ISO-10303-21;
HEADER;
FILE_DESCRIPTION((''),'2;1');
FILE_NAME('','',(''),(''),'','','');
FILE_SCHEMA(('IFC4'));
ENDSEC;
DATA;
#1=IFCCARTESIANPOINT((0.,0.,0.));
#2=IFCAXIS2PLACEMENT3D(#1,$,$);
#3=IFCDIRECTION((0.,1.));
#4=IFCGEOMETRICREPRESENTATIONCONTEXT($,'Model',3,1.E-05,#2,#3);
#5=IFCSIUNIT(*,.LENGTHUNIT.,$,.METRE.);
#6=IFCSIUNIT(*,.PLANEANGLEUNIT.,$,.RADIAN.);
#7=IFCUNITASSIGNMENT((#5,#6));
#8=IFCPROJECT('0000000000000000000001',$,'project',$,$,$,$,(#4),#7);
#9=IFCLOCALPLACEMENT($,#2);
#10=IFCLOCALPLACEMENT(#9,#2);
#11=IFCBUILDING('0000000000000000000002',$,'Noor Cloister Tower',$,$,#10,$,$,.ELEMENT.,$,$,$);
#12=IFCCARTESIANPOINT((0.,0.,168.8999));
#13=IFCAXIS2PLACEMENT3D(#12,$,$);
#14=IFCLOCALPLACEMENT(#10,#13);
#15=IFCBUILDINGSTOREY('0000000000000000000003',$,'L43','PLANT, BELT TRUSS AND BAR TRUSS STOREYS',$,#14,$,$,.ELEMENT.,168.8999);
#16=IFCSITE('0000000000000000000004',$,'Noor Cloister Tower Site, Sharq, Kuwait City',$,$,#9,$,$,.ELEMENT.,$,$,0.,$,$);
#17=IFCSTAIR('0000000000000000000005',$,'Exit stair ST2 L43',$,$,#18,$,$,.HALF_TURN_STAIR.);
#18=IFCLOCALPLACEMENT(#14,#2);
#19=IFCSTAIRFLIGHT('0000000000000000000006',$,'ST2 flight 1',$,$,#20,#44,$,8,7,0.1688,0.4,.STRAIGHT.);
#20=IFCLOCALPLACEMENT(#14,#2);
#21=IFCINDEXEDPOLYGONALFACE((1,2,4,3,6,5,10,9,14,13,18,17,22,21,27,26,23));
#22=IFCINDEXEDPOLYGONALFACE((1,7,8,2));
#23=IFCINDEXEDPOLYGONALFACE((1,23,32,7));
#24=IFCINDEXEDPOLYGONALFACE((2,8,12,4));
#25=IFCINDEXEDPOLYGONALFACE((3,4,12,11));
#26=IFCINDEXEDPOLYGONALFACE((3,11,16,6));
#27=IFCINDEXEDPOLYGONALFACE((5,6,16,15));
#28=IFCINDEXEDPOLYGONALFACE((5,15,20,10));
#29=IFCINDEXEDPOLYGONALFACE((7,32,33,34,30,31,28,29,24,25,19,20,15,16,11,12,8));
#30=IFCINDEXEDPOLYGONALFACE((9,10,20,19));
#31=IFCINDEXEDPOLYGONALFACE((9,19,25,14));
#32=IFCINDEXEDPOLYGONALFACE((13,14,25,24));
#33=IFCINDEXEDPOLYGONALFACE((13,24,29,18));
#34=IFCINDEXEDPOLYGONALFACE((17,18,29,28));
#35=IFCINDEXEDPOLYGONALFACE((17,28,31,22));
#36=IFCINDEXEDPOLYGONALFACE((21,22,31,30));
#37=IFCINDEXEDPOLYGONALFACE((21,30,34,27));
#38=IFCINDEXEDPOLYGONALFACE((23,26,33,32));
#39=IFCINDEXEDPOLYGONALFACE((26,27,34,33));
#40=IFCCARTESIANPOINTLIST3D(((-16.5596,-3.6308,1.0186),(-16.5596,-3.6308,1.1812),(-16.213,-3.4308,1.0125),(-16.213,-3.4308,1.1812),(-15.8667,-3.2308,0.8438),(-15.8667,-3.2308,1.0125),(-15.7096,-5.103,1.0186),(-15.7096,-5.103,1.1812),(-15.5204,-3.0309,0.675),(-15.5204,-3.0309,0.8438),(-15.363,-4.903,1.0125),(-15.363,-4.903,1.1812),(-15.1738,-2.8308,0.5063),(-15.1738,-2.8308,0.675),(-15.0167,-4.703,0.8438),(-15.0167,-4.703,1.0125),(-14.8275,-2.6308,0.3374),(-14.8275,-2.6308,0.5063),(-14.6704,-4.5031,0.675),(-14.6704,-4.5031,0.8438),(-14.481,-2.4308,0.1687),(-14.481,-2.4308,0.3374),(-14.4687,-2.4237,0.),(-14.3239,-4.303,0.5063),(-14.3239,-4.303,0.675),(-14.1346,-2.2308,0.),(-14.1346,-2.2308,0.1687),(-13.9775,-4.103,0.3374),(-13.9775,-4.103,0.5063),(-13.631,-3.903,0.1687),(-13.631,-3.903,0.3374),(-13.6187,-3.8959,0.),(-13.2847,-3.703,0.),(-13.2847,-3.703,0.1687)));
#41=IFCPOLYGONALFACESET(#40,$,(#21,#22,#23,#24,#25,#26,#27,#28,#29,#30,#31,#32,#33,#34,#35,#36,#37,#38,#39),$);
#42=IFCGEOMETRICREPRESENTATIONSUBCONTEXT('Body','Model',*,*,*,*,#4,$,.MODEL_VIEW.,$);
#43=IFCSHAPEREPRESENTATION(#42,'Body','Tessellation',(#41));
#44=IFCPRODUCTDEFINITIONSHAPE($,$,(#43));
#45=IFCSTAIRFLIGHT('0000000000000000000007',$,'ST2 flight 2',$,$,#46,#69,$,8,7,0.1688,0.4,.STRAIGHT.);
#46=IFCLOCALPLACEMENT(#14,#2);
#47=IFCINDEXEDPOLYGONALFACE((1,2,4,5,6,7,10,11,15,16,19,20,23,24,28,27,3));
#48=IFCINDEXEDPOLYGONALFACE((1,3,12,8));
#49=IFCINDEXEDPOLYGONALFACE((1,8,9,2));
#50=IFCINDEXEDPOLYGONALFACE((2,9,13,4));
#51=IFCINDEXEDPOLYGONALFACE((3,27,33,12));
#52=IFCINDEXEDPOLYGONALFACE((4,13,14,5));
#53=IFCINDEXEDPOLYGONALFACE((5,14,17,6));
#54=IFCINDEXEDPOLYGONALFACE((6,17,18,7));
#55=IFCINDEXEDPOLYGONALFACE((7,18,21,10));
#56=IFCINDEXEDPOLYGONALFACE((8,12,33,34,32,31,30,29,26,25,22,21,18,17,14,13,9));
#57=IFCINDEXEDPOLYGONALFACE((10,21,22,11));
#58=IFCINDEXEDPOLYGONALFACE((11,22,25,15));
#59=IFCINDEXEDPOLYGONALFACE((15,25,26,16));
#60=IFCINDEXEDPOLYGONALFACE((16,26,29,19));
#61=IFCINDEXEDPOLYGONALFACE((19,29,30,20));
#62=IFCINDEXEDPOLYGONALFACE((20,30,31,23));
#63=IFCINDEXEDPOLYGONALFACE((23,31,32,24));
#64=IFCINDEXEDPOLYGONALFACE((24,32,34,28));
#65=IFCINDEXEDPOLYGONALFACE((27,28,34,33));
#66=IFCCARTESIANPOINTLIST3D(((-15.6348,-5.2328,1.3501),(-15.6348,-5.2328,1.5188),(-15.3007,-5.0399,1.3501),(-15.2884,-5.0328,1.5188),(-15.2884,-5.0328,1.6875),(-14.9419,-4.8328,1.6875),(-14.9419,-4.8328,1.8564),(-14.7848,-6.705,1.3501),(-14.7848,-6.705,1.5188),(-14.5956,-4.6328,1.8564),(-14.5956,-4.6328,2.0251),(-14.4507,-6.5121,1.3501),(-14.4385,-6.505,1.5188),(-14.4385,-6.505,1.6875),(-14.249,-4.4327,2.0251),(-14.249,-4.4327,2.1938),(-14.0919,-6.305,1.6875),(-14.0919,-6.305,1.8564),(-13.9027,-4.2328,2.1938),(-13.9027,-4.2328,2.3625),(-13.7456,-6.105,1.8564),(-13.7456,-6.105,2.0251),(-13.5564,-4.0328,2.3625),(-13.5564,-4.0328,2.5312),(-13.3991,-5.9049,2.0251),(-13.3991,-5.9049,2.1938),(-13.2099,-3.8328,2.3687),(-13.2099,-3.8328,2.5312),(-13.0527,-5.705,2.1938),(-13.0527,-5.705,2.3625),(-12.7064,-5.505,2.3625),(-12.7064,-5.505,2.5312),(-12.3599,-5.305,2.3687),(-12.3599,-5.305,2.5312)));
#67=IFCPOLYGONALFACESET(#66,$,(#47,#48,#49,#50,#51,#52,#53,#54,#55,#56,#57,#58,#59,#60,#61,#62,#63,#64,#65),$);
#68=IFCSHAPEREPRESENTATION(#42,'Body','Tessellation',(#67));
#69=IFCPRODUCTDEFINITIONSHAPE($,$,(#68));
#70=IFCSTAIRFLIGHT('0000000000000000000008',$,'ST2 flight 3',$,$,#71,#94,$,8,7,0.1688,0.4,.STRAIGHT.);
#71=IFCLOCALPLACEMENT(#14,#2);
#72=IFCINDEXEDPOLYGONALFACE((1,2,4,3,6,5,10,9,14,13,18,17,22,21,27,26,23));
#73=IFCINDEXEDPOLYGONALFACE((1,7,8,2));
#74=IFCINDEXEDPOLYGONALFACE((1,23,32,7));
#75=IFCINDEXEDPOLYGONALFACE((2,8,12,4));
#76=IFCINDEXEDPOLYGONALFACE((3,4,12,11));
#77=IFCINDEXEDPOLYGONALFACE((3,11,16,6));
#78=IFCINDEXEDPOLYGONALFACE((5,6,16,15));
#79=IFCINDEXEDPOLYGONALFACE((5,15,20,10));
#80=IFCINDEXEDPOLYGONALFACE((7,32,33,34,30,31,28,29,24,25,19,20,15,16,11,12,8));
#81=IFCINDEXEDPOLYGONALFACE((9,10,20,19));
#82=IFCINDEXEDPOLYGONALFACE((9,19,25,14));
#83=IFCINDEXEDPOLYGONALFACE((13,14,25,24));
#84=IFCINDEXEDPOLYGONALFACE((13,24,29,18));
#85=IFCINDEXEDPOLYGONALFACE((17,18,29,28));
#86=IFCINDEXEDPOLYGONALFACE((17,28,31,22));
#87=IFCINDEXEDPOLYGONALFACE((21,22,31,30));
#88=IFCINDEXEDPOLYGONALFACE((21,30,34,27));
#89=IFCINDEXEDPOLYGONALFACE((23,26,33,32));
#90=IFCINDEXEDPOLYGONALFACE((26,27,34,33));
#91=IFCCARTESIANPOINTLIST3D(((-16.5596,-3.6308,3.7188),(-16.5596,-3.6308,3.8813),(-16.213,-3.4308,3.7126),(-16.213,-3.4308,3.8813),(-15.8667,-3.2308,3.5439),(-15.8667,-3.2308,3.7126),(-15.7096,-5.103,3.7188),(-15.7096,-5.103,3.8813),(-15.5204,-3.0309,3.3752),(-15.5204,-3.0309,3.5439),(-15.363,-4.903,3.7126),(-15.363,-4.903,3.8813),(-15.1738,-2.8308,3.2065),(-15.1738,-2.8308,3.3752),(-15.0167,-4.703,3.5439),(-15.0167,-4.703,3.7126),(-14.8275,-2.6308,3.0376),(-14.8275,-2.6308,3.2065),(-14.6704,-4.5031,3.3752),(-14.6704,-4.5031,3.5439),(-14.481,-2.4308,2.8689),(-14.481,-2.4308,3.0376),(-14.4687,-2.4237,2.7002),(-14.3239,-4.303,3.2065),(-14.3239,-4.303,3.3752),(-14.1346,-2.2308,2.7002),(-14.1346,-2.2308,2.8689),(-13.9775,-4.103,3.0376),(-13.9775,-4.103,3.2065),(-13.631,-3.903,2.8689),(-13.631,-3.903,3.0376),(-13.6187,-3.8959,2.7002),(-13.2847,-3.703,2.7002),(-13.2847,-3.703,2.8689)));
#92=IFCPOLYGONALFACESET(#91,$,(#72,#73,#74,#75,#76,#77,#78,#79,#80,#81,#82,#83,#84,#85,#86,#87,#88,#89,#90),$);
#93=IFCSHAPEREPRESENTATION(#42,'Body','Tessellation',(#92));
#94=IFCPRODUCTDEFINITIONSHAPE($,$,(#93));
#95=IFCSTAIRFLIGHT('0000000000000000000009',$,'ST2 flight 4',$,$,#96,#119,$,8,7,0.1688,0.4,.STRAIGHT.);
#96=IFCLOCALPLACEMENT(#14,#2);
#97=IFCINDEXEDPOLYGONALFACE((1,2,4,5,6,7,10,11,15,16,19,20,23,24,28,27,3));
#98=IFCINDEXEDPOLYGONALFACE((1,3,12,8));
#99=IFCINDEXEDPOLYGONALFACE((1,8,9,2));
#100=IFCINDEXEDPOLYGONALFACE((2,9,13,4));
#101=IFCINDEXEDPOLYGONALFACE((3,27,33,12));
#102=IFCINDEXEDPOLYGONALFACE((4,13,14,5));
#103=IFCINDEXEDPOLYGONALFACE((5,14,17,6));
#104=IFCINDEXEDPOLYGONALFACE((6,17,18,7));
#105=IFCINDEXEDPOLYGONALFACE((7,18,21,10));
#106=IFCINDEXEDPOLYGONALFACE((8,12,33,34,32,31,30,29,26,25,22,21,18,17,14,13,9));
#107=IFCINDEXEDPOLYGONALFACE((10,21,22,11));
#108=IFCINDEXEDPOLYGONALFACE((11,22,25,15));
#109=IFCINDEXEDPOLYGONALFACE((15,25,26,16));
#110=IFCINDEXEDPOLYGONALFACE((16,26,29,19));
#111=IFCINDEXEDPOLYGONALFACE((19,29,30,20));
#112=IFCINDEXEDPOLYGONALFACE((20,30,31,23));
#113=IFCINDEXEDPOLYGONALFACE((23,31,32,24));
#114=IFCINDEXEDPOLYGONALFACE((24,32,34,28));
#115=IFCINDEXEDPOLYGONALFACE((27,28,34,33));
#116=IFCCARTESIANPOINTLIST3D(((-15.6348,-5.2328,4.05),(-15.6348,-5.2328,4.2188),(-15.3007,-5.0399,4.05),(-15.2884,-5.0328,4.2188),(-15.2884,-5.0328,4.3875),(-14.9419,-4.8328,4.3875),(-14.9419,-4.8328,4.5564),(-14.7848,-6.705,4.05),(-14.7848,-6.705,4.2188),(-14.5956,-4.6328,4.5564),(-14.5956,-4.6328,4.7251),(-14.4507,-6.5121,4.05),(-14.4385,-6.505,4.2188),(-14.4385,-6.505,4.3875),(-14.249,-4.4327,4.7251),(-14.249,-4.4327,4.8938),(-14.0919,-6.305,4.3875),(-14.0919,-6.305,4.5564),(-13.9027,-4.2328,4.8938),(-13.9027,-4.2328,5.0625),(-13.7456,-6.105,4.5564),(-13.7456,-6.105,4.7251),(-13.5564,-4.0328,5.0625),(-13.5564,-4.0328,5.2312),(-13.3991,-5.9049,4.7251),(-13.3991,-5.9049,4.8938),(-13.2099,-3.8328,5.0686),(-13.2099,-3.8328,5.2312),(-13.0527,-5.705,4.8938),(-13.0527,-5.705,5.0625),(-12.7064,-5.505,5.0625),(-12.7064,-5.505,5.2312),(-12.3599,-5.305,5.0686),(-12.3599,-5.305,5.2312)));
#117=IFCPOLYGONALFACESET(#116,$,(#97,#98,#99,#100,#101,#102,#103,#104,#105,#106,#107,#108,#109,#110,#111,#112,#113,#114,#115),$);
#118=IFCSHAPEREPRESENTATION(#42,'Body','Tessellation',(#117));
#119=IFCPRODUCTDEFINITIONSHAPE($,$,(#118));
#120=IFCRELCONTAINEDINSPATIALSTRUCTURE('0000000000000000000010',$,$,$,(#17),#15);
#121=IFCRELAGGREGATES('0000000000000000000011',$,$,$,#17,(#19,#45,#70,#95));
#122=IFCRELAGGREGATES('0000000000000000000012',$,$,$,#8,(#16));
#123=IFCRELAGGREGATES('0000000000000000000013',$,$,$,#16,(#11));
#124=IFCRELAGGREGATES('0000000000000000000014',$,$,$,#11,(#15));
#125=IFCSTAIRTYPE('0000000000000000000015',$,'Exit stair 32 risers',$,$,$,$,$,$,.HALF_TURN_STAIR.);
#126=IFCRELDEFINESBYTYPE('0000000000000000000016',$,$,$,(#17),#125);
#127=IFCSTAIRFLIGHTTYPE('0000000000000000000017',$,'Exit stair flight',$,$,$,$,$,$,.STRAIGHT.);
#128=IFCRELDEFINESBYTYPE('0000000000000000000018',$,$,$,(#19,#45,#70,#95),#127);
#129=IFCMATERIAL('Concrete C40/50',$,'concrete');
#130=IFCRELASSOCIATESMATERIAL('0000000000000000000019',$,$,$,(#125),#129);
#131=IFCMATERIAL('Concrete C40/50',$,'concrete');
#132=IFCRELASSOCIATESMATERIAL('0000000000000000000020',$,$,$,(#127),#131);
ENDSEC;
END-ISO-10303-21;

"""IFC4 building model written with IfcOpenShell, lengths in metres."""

from ifc_helpers import new_model, si_unit, direction, frame, origin, place, context, subcontext, project, spatial, polyline, outline, extrude, material, type_object, element, aggregate, save


model = new_model("IFC4")

# Units and contexts
model_context = context("Model", 3, precision=1e-05, world=origin(), true_north=direction((0.0, 1.0)))
body_context = subcontext(model_context, "Body", "Model", "MODEL_VIEW")
ifc_project = project(units=[si_unit("LENGTHUNIT", "METRE"), si_unit("PLANEANGLEUNIT", "RADIAN")], contexts=[model_context])

# Site, building, storey
site_placement = place(None, origin())
site = spatial("IfcSite", under=ifc_project, at=site_placement, Name="Noor Cloister Tower Site, Sharq, Kuwait City", CompositionType="ELEMENT", RefElevation=0.0)
building_placement = place(site_placement, origin())
building = spatial("IfcBuilding", under=site, at=building_placement, Name="Noor Cloister Tower", CompositionType="ELEMENT")
storey_placement = place(building_placement, frame((0.0, 0.0, 168.8999)))
storey = spatial("IfcBuildingStorey", under=building, at=storey_placement, Name="L43", Description="PLANT, BELT TRUSS AND BAR TRUSS STOREYS", CompositionType="ELEMENT", Elevation=168.8999)

# Stair, stair flights
ifc_material_1 = material(Name="Concrete C40/50", Category="concrete")
stair_type = type_object("IfcStairType", Name="Exit stair 32 risers", PredefinedType="HALF_TURN_STAIR", material=ifc_material_1)
stair_placement = place(storey_placement, origin())
stair = element("IfcStair", 1, at=stair_placement, inside=storey, type_object=stair_type, Name="Exit stair ST2 L43", PredefinedType="HALF_TURN_STAIR")
ifc_material_2 = material(Name="Concrete C40/50", Category="concrete")
stair_flight_type = type_object("IfcStairFlightType", Name="Exit stair flight", PredefinedType="STRAIGHT", material=ifc_material_2)
stair_flight_1_placement = place(storey_placement, frame((-13.7097, -2.9668, 0.0), z_axis=(0.0, 0.0, 1.0), x_axis=(-0.866025, -0.5, 0.0)))
stair_flight_1 = element("IfcStairFlight", 2, at=stair_flight_1_placement, type_object=stair_flight_type, Name="ST2 flight 1", NumberOfRisers=8, NumberOfTreads=7, PredefinedType="STRAIGHT", RiserHeight=0.1688, TreadLength=0.4, context=body_context, shape_type="SweptSolid", body=[
    extrude(outline(polyline([(0.0, 0.0), (0.0, 0.1687), (0.3999, 0.1687), (0.3999, 0.3374), (0.8, 0.3374), (0.8, 0.5063), (1.2, 0.5063), (1.2, 0.675), (1.6001, 0.675), (1.6001, 0.8438), (2.0, 0.8438), (2.0, 1.0125), (2.3999, 1.0125), (2.3999, 1.1812), (2.8, 1.1812), (2.8, 1.3501), (2.8, 1.0186), (0.3857, 0.0), (0.0, 0.0)])), frame((0.0, 0.8501, 0.0), z_axis=(0.0, -1.0, 0.0), x_axis=(1.0, 0.0, 0.0)), (0.0, 0.0, 1.0), 1.7),
])
stair_flight_2_placement = place(storey_placement, frame((-15.2097, -5.969, 1.3501), z_axis=(0.0, 0.0, 1.0), x_axis=(0.866025, 0.5, 0.0)))
stair_flight_2 = element("IfcStairFlight", 3, at=stair_flight_2_placement, type_object=stair_flight_type, Name="ST2 flight 2", NumberOfRisers=8, NumberOfTreads=7, PredefinedType="STRAIGHT", RiserHeight=0.1688, TreadLength=0.4, context=body_context, shape_type="SweptSolid", body=[
    extrude(outline(polyline([(0.0, 0.0), (0.0, 0.1687), (0.3999, 0.1687), (0.3999, 0.3374), (0.8, 0.3374), (0.8, 0.5063), (1.2, 0.5063), (1.2, 0.675), (1.6001, 0.675), (1.6001, 0.8438), (2.0, 0.8438), (2.0, 1.0125), (2.3999, 1.0125), (2.3999, 1.1812), (2.8, 1.1812), (2.8, 1.3501), (2.8, 1.0186), (0.3857, 0.0), (0.0, 0.0)])), frame((0.0, 0.8501, 0.0), z_axis=(0.0, -1.0, 0.0), x_axis=(1.0, 0.0, 0.0)), (0.0, 0.0, 1.0), 1.7),
])
stair_flight_3_placement = place(storey_placement, frame((-13.7097, -2.9668, 2.7002), z_axis=(0.0, 0.0, 1.0), x_axis=(-0.866025, -0.5, 0.0)))
stair_flight_3 = element("IfcStairFlight", 4, at=stair_flight_3_placement, type_object=stair_flight_type, Name="ST2 flight 3", NumberOfRisers=8, NumberOfTreads=7, PredefinedType="STRAIGHT", RiserHeight=0.1688, TreadLength=0.4, context=body_context, shape_type="SweptSolid", body=[
    extrude(outline(polyline([(0.0, 0.0), (0.0, 0.1687), (0.3999, 0.1687), (0.3999, 0.3374), (0.8, 0.3374), (0.8, 0.5063), (1.2, 0.5063), (1.2, 0.675), (1.6001, 0.675), (1.6001, 0.8438), (2.0, 0.8438), (2.0, 1.0125), (2.3999, 1.0125), (2.3999, 1.1812), (2.8, 1.1812), (2.8, 1.3501), (2.8, 1.0186), (0.3857, 0.0), (0.0, 0.0)])), frame((0.0, 0.8501, 0.0), z_axis=(0.0, -1.0, 0.0), x_axis=(1.0, 0.0, 0.0)), (0.0, 0.0, 1.0), 1.7),
])
stair_flight_4_placement = place(storey_placement, frame((-15.2097, -5.969, 4.05), z_axis=(0.0, 0.0, 1.0), x_axis=(0.866025, 0.5, 0.0)))
stair_flight_4 = element("IfcStairFlight", 5, at=stair_flight_4_placement, type_object=stair_flight_type, Name="ST2 flight 4", NumberOfRisers=8, NumberOfTreads=7, PredefinedType="STRAIGHT", RiserHeight=0.1688, TreadLength=0.4, context=body_context, shape_type="SweptSolid", body=[
    extrude(outline(polyline([(0.0, 0.0), (0.0, 0.1687), (0.3999, 0.1687), (0.3999, 0.3374), (0.8, 0.3374), (0.8, 0.5063), (1.2, 0.5063), (1.2, 0.675), (1.6001, 0.675), (1.6001, 0.8438), (2.0, 0.8438), (2.0, 1.0125), (2.3999, 1.0125), (2.3999, 1.1812), (2.8, 1.1812), (2.8, 1.3501), (2.8, 1.0186), (0.3857, 0.0), (0.0, 0.0)])), frame((0.0, 0.8501, 0.0), z_axis=(0.0, -1.0, 0.0), x_axis=(1.0, 0.0, 0.0)), (0.0, 0.0, 1.0), 1.7),
])
aggregate(stair, [stair_flight_1, stair_flight_2, stair_flight_3, stair_flight_4])

save(model, "model.ifc")
